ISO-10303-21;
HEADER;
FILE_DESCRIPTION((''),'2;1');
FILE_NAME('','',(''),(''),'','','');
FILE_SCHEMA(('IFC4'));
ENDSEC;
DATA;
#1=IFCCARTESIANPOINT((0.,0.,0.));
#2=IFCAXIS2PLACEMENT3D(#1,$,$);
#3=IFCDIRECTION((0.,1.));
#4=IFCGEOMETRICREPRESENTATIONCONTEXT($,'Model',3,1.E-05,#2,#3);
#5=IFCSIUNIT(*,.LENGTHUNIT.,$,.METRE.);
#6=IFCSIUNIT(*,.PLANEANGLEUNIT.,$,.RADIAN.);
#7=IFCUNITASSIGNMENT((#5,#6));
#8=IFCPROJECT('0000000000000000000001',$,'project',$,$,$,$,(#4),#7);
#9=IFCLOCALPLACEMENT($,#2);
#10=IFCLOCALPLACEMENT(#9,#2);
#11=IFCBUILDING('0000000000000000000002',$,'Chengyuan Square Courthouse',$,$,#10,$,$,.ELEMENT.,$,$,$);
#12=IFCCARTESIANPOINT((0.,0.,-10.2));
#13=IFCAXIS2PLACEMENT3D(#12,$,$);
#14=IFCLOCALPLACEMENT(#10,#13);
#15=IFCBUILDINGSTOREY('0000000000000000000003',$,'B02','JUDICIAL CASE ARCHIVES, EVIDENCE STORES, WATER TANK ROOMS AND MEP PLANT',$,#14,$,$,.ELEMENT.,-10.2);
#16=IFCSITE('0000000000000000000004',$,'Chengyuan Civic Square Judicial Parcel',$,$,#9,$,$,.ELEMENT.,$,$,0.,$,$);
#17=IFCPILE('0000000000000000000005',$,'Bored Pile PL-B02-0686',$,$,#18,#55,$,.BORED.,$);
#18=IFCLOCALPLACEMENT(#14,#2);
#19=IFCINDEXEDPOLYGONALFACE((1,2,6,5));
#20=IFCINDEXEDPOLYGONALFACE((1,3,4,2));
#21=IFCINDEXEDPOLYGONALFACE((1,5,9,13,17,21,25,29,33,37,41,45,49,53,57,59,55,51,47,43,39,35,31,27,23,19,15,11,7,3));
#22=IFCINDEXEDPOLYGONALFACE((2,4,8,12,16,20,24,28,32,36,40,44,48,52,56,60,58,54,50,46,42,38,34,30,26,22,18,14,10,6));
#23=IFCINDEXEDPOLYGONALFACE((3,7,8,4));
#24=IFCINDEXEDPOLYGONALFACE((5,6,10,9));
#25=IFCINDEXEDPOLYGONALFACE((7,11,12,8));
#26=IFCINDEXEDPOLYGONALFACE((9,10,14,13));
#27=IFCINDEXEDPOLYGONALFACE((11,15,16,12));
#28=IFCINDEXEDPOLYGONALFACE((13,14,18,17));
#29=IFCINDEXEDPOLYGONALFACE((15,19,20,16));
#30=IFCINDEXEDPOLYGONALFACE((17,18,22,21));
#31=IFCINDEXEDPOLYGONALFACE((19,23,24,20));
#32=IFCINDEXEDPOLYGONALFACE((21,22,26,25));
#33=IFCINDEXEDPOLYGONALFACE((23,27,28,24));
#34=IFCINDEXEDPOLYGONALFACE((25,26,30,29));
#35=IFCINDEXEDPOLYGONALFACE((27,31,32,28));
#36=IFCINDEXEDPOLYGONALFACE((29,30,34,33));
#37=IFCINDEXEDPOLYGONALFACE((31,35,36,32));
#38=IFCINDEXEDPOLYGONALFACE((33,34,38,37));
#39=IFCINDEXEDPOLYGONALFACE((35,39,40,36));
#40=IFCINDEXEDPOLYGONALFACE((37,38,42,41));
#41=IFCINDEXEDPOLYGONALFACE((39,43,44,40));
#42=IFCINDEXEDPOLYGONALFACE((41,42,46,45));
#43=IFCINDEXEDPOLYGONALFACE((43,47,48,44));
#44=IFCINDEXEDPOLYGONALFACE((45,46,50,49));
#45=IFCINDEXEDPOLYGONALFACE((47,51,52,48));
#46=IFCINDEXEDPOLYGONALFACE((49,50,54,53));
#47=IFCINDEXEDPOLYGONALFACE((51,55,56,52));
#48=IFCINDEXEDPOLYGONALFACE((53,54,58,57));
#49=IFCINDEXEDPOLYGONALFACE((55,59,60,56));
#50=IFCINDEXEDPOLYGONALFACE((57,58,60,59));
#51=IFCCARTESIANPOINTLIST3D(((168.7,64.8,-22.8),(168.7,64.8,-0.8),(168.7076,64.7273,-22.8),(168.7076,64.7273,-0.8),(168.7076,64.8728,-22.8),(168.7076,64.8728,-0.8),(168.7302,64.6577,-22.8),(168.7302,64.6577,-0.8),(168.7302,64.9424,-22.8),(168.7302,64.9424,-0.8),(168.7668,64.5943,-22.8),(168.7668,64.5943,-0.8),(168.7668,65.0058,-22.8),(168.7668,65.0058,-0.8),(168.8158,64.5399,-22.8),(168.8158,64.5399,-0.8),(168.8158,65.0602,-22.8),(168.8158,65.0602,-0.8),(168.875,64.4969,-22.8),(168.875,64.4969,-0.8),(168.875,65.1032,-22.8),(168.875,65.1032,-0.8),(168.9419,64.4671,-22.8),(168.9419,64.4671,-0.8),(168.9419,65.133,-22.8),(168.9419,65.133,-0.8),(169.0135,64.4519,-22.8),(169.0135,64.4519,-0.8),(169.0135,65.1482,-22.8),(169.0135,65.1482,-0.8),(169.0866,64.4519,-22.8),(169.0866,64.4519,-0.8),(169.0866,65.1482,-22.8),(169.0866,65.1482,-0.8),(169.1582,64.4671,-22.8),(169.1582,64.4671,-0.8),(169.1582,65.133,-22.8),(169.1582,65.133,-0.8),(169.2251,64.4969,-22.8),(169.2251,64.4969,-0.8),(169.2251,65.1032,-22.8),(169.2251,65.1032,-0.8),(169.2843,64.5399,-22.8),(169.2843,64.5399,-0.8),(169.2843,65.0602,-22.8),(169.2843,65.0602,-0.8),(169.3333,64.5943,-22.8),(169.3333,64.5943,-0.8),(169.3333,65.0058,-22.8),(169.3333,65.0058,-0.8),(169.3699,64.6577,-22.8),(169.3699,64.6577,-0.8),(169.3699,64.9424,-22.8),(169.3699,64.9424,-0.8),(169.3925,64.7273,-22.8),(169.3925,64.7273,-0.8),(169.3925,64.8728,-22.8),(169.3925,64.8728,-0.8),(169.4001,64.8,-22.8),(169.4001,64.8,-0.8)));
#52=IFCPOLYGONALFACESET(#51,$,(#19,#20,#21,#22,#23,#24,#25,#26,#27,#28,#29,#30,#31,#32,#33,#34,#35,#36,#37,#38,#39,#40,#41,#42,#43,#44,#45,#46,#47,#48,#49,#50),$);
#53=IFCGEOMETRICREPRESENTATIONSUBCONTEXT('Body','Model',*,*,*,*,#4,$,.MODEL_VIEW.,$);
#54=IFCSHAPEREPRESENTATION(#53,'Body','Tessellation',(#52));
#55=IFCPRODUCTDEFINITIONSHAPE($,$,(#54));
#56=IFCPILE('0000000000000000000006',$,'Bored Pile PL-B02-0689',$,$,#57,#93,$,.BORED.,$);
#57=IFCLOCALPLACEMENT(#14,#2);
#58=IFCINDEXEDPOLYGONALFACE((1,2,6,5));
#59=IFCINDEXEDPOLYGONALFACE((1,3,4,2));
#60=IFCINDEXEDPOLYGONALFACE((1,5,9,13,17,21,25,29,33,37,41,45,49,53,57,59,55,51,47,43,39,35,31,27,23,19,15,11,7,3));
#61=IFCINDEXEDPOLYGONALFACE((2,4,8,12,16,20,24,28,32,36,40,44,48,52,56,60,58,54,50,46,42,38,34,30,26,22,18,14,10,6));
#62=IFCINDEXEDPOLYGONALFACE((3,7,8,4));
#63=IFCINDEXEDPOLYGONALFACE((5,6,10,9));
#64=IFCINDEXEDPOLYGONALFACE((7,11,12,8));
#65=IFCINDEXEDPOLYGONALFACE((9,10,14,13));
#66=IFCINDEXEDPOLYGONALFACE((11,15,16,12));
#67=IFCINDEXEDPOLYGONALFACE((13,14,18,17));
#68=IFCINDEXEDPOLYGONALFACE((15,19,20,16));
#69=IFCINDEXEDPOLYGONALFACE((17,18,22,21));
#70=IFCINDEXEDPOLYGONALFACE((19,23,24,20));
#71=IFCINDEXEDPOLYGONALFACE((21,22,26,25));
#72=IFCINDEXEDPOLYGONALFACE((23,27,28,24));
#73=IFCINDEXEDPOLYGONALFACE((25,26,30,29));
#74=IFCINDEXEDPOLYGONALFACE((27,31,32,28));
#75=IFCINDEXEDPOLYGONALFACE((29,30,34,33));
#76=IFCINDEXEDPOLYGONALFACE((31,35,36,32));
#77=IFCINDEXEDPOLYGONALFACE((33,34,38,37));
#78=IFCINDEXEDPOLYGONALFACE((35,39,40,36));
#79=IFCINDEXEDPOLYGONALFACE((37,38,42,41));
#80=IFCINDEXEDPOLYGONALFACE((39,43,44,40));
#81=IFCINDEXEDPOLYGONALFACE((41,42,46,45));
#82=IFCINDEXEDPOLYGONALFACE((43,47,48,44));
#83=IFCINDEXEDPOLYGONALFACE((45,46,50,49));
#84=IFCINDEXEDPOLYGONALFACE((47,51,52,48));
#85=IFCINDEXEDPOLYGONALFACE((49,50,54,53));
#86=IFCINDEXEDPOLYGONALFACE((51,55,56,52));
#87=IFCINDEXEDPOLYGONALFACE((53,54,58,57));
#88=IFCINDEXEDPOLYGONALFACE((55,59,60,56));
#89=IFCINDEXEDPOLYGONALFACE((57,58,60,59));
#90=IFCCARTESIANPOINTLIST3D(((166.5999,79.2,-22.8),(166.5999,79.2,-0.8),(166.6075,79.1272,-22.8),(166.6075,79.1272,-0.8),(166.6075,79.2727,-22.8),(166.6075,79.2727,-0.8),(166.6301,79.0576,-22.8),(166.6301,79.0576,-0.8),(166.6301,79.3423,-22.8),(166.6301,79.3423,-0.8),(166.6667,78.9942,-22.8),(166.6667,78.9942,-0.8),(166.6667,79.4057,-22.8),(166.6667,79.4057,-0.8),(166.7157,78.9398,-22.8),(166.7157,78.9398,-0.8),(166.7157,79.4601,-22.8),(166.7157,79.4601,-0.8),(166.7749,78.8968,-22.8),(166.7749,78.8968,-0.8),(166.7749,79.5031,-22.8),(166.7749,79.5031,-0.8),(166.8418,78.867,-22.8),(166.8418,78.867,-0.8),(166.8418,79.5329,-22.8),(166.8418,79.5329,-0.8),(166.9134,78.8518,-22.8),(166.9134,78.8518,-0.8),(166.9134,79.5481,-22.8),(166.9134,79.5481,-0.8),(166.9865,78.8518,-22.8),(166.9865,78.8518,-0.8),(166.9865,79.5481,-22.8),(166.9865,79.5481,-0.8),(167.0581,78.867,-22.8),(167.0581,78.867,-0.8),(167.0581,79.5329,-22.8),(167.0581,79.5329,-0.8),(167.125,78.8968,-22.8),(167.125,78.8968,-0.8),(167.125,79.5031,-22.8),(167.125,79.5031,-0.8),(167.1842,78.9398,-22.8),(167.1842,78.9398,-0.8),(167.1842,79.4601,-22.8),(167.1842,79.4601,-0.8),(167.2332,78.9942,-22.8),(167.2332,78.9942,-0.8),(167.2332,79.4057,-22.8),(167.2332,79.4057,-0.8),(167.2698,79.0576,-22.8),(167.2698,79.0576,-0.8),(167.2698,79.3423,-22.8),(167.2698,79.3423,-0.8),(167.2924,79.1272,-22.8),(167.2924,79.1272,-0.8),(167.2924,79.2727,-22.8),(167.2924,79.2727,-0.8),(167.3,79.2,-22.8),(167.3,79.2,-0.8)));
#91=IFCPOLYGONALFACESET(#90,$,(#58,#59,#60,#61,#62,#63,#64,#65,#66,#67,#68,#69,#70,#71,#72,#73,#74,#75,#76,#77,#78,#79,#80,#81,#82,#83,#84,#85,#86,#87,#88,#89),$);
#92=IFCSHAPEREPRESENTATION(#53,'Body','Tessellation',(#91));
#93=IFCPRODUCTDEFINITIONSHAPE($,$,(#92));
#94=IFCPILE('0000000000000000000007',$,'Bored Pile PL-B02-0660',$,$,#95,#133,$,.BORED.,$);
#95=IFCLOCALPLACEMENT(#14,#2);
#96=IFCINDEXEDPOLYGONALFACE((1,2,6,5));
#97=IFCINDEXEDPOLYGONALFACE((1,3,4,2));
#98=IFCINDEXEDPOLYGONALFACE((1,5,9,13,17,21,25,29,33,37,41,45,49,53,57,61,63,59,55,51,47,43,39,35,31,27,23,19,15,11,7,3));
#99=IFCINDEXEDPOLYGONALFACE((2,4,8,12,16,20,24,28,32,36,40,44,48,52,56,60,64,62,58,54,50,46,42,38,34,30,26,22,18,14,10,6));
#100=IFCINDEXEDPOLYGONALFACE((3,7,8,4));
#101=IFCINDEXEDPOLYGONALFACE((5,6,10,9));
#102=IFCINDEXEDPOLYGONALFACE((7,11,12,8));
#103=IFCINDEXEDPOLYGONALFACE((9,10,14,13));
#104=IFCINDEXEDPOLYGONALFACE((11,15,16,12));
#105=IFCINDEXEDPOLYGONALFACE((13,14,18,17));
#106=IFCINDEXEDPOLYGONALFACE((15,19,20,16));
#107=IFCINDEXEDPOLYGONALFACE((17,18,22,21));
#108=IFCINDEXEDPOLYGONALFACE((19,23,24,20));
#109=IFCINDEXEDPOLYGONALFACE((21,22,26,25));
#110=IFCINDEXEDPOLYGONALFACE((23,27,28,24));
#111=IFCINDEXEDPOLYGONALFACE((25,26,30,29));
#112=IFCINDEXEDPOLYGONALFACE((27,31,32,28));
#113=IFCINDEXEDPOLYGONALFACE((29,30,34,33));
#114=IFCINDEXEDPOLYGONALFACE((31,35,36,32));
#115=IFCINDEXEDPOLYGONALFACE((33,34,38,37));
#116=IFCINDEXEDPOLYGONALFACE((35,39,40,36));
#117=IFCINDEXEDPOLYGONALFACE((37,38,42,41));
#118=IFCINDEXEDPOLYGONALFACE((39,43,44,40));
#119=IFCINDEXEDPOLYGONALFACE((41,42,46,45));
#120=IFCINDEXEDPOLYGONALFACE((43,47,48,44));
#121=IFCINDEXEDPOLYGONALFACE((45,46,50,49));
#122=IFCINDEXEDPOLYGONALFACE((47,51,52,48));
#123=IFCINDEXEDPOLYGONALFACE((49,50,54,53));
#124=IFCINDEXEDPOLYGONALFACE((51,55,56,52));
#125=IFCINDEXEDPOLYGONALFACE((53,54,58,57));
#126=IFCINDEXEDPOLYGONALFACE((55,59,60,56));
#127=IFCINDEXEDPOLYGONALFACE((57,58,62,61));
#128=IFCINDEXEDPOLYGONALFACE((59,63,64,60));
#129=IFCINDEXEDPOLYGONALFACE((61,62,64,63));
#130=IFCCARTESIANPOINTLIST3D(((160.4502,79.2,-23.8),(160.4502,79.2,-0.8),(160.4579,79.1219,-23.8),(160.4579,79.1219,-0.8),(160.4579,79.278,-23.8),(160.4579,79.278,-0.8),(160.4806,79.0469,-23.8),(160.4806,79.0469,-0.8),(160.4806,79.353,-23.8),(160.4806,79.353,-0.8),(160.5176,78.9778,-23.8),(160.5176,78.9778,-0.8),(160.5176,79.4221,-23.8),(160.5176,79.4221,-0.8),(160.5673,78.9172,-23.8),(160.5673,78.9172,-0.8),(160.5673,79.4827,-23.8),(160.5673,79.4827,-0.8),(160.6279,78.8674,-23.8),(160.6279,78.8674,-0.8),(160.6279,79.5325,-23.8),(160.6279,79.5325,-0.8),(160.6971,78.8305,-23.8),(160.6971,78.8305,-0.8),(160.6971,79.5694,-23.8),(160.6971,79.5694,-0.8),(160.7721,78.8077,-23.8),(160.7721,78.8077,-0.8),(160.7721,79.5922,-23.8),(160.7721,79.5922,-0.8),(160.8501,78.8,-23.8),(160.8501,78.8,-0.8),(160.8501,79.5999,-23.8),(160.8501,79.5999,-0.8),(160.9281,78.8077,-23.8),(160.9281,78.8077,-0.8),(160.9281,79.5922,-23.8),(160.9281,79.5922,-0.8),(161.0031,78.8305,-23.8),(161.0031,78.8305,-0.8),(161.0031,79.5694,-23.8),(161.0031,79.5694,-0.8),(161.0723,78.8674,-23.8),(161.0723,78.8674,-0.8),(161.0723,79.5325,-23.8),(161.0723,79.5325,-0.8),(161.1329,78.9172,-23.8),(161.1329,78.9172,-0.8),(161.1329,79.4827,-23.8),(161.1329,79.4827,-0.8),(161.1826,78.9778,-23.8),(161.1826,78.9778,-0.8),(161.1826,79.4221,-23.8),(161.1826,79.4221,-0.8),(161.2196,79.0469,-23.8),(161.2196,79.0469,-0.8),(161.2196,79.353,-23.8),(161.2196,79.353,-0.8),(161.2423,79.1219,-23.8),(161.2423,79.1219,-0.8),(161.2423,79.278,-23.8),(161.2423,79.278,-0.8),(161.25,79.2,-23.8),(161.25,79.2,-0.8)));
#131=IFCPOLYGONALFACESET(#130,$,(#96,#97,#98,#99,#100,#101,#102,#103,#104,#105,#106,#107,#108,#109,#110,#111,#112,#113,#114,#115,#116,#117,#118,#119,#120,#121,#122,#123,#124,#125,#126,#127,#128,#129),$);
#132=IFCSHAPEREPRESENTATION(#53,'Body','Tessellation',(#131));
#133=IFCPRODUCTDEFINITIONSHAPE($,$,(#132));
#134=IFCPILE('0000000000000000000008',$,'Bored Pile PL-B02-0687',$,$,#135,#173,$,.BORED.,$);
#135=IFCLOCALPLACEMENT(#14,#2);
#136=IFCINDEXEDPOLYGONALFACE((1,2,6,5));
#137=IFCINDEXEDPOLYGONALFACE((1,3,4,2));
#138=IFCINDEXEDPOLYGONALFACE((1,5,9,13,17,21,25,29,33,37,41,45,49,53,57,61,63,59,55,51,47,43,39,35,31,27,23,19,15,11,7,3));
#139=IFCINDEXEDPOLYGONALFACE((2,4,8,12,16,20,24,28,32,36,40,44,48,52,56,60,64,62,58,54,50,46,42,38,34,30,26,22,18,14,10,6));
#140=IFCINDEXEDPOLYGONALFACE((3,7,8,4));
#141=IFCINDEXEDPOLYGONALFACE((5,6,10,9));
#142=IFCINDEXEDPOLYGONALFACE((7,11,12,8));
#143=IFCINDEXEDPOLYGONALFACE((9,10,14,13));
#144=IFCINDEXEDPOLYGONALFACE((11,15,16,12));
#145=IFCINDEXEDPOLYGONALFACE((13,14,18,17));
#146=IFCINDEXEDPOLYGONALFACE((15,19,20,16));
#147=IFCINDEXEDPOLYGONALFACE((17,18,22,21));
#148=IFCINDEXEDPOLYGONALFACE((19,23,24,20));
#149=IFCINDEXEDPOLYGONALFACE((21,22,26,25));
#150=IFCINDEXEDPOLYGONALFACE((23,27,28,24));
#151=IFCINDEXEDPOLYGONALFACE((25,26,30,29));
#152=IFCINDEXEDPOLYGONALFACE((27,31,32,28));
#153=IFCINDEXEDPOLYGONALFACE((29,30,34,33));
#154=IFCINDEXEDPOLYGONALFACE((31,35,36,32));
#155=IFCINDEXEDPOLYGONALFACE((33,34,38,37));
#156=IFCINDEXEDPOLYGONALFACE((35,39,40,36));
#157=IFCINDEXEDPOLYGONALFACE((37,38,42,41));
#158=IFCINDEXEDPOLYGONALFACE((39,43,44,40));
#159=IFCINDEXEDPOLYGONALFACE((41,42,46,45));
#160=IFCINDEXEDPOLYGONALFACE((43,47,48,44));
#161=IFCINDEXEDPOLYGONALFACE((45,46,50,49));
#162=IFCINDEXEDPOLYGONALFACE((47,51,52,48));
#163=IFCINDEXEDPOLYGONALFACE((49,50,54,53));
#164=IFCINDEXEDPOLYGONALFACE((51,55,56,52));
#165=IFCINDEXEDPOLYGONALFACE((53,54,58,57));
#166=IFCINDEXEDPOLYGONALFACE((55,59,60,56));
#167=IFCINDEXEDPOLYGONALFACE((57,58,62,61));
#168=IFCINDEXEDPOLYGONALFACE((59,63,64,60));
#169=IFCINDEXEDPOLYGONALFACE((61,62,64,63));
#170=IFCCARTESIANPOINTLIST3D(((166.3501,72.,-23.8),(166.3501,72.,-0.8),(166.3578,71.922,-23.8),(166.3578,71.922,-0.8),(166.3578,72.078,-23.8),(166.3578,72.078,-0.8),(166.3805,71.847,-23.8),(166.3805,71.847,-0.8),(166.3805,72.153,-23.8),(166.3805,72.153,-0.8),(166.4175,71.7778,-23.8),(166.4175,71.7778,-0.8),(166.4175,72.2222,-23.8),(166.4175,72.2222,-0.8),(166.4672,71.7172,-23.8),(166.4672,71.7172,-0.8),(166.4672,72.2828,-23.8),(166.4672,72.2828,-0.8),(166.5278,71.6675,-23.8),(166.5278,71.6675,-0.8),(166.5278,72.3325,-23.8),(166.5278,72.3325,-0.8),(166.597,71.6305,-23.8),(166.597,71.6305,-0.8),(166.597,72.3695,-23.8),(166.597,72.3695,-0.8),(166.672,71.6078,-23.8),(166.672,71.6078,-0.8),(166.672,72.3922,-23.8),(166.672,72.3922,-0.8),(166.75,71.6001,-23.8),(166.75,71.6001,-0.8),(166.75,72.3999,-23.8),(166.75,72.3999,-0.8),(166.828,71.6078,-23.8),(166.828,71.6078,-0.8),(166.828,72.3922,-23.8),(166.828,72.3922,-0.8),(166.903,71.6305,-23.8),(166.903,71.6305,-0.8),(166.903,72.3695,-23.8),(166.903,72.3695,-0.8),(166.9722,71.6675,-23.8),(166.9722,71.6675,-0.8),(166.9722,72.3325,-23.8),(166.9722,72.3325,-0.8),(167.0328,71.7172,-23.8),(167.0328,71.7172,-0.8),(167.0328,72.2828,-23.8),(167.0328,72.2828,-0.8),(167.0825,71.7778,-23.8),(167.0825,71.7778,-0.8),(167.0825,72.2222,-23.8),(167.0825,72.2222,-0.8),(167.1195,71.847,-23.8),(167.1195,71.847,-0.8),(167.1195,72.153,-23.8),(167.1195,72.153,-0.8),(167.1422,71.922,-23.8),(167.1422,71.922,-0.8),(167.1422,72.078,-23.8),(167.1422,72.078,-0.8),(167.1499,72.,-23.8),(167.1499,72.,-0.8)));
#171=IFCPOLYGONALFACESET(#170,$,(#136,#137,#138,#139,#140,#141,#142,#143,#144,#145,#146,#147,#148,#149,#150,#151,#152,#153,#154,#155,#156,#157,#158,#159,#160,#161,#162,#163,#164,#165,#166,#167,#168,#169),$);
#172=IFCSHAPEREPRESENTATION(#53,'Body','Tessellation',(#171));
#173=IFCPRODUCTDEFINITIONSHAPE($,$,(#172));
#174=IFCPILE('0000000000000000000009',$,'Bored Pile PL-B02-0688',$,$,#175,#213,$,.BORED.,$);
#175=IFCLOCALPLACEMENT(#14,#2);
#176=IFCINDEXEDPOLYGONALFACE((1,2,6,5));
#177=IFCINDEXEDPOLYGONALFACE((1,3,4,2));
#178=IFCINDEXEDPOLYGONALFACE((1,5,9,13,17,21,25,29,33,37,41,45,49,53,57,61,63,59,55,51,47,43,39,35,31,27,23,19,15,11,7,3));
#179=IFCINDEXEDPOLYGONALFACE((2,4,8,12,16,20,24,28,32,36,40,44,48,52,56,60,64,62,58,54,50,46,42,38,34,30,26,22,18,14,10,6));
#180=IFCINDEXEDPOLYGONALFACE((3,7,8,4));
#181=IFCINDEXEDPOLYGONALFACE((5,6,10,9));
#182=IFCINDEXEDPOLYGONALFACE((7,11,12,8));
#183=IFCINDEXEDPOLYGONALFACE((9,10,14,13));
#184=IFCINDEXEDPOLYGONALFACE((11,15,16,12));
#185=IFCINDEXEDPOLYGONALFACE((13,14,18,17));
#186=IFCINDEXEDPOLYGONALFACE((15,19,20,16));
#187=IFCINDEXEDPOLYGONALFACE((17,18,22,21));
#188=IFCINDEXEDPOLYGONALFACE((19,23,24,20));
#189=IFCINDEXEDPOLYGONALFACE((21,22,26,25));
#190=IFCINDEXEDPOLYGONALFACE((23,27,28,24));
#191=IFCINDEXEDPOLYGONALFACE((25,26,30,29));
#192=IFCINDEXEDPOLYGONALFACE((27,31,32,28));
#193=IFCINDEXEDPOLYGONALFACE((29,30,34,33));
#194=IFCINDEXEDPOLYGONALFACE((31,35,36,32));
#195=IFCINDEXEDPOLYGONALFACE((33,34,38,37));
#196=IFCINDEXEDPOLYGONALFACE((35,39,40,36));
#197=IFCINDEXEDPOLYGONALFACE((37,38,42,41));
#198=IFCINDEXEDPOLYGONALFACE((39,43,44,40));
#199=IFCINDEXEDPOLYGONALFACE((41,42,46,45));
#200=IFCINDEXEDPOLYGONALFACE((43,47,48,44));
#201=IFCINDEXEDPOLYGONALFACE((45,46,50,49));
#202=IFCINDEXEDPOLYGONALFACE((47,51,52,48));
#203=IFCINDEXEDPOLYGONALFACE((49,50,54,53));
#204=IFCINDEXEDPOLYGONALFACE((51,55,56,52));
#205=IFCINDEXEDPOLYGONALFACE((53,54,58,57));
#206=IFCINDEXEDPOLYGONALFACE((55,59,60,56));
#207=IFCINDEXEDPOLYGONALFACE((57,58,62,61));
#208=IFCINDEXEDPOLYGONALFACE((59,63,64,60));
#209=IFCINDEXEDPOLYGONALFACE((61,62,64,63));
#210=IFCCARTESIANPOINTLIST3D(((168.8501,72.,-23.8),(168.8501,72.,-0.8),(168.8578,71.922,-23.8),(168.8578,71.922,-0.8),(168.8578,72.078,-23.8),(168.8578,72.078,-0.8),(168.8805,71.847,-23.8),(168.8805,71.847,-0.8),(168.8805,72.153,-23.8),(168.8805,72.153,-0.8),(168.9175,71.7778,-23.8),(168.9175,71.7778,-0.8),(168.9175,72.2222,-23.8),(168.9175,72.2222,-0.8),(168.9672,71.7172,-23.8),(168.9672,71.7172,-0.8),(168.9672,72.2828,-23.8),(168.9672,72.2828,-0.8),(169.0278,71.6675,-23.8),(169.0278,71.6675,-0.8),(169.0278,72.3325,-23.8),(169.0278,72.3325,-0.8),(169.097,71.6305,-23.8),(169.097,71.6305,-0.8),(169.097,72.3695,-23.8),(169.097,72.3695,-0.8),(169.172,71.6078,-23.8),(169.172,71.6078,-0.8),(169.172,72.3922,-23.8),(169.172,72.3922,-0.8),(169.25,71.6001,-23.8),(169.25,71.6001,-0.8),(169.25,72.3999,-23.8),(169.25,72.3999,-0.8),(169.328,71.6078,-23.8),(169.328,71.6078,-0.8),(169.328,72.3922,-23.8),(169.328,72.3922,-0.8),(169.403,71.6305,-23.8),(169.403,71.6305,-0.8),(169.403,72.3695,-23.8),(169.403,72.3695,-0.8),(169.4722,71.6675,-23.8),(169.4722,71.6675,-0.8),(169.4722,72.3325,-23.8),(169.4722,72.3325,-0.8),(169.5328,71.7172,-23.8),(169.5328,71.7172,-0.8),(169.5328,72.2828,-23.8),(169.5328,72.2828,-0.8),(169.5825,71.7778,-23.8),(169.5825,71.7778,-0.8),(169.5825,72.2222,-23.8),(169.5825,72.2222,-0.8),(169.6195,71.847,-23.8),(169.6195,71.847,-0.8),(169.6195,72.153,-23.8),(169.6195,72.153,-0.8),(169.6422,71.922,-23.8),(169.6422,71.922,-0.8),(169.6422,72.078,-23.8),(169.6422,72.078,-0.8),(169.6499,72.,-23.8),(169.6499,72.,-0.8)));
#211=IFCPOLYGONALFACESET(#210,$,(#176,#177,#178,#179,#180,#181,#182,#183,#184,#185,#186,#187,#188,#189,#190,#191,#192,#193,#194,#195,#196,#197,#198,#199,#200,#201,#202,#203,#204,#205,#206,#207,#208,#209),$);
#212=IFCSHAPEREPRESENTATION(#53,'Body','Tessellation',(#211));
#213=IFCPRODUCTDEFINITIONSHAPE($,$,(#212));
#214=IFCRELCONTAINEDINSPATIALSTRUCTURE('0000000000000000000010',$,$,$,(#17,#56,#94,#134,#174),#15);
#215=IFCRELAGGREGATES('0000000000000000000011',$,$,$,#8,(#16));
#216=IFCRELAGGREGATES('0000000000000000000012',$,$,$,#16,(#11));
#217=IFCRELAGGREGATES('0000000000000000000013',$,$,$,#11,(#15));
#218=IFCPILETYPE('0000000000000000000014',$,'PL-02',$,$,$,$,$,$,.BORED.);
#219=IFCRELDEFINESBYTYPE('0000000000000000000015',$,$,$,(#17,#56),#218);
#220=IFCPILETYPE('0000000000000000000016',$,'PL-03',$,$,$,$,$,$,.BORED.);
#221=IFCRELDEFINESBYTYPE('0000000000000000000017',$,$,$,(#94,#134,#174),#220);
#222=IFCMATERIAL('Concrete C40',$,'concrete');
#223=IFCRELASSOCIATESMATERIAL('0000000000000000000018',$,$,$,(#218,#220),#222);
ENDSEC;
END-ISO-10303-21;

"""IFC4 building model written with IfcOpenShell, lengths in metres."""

from ifc_helpers import new_model, si_unit, direction, frame, origin, origin_2d, place, context, subcontext, project, spatial, circle, extrude, material, material_profile, profile_set, type_object, element, save


model = new_model("IFC4")

# Units and contexts
model_context = context("Model", 3, precision=1e-05, world=origin(), true_north=direction((0.0, 1.0)))
body_context = subcontext(model_context, "Body", "Model", "MODEL_VIEW")
ifc_project = project(units=[si_unit("LENGTHUNIT", "METRE"), si_unit("PLANEANGLEUNIT", "RADIAN")], contexts=[model_context])

# Site, building, storey
site_placement = place(None, origin())
site = spatial("IfcSite", under=ifc_project, at=site_placement, Name="Chengyuan Civic Square Judicial Parcel", CompositionType="ELEMENT", RefElevation=0.0)
building_placement = place(site_placement, origin())
building = spatial("IfcBuilding", under=site, at=building_placement, Name="Chengyuan Square Courthouse", CompositionType="ELEMENT")
storey_placement = place(building_placement, frame((0.0, 0.0, -10.2)))
storey = spatial("IfcBuildingStorey", under=building, at=storey_placement, Name="B02", Description="JUDICIAL CASE ARCHIVES, EVIDENCE STORES, WATER TANK ROOMS AND MEP PLANT", CompositionType="ELEMENT", Elevation=-10.2)

# Shared definitions
ifc_material_1 = material(Name="Concrete C40", Category="concrete")

# Piles
ifc_material_profile_1 = material_profile(ifc_material_1, circle(Radius=0.3501, at=origin_2d()), Name="BORED PILE D700")
ifc_profile_set_1 = profile_set([ifc_material_profile_1], Name="Concrete C40")
pile_type_1 = type_object("IfcPileType", Name="PL-02", PredefinedType="BORED", material=ifc_profile_set_1)
for number, where, z_axis, x_axis, name in (
    (1, (169.05, 64.8, -0.8), (0.0, 0.0, -1.0), (1.0, 0.0, 0.0), "Bored Pile PL-B02-0686"),
    (2, (166.95, 79.2, -0.8), (0.0, 0.0, -1.0), (1.0, 0.0, 0.0), "Bored Pile PL-B02-0689"),
):
    element("IfcPile", number, at=place(storey_placement, frame(where, z_axis=z_axis, x_axis=x_axis)), inside=storey, type_object=pile_type_1, Name=name, PredefinedType="BORED", context=body_context, shape_type="SweptSolid", body=[
        extrude(circle(Radius=0.3501, at=origin_2d()), origin(), (0.0, 0.0, 1.0), 22.0),
    ])
ifc_material_profile_2 = material_profile(ifc_material_1, circle(Radius=0.3999, at=origin_2d()), Name="BORED PILE D800")
ifc_profile_set_2 = profile_set([ifc_material_profile_2], Name="Concrete C40")
pile_type_2 = type_object("IfcPileType", Name="PL-03", PredefinedType="BORED", material=ifc_profile_set_2)
for number, where, z_axis, x_axis, name in (
    (3, (160.8501, 79.2, -0.8), (0.0, 0.0, -1.0), (1.0, 0.0, 0.0), "Bored Pile PL-B02-0660"),
    (4, (166.75, 72.0, -0.8), (0.0, 0.0, -1.0), (1.0, 0.0, 0.0), "Bored Pile PL-B02-0687"),
    (5, (169.25, 72.0, -0.8), (0.0, 0.0, -1.0), (1.0, 0.0, 0.0), "Bored Pile PL-B02-0688"),
):
    element("IfcPile", number, at=place(storey_placement, frame(where, z_axis=z_axis, x_axis=x_axis)), inside=storey, type_object=pile_type_2, Name=name, PredefinedType="BORED", context=body_context, shape_type="SweptSolid", body=[
        extrude(circle(Radius=0.3999, at=origin_2d()), origin(), (0.0, 0.0, 1.0), 23.0),
    ])

save(model, "model.ifc")
